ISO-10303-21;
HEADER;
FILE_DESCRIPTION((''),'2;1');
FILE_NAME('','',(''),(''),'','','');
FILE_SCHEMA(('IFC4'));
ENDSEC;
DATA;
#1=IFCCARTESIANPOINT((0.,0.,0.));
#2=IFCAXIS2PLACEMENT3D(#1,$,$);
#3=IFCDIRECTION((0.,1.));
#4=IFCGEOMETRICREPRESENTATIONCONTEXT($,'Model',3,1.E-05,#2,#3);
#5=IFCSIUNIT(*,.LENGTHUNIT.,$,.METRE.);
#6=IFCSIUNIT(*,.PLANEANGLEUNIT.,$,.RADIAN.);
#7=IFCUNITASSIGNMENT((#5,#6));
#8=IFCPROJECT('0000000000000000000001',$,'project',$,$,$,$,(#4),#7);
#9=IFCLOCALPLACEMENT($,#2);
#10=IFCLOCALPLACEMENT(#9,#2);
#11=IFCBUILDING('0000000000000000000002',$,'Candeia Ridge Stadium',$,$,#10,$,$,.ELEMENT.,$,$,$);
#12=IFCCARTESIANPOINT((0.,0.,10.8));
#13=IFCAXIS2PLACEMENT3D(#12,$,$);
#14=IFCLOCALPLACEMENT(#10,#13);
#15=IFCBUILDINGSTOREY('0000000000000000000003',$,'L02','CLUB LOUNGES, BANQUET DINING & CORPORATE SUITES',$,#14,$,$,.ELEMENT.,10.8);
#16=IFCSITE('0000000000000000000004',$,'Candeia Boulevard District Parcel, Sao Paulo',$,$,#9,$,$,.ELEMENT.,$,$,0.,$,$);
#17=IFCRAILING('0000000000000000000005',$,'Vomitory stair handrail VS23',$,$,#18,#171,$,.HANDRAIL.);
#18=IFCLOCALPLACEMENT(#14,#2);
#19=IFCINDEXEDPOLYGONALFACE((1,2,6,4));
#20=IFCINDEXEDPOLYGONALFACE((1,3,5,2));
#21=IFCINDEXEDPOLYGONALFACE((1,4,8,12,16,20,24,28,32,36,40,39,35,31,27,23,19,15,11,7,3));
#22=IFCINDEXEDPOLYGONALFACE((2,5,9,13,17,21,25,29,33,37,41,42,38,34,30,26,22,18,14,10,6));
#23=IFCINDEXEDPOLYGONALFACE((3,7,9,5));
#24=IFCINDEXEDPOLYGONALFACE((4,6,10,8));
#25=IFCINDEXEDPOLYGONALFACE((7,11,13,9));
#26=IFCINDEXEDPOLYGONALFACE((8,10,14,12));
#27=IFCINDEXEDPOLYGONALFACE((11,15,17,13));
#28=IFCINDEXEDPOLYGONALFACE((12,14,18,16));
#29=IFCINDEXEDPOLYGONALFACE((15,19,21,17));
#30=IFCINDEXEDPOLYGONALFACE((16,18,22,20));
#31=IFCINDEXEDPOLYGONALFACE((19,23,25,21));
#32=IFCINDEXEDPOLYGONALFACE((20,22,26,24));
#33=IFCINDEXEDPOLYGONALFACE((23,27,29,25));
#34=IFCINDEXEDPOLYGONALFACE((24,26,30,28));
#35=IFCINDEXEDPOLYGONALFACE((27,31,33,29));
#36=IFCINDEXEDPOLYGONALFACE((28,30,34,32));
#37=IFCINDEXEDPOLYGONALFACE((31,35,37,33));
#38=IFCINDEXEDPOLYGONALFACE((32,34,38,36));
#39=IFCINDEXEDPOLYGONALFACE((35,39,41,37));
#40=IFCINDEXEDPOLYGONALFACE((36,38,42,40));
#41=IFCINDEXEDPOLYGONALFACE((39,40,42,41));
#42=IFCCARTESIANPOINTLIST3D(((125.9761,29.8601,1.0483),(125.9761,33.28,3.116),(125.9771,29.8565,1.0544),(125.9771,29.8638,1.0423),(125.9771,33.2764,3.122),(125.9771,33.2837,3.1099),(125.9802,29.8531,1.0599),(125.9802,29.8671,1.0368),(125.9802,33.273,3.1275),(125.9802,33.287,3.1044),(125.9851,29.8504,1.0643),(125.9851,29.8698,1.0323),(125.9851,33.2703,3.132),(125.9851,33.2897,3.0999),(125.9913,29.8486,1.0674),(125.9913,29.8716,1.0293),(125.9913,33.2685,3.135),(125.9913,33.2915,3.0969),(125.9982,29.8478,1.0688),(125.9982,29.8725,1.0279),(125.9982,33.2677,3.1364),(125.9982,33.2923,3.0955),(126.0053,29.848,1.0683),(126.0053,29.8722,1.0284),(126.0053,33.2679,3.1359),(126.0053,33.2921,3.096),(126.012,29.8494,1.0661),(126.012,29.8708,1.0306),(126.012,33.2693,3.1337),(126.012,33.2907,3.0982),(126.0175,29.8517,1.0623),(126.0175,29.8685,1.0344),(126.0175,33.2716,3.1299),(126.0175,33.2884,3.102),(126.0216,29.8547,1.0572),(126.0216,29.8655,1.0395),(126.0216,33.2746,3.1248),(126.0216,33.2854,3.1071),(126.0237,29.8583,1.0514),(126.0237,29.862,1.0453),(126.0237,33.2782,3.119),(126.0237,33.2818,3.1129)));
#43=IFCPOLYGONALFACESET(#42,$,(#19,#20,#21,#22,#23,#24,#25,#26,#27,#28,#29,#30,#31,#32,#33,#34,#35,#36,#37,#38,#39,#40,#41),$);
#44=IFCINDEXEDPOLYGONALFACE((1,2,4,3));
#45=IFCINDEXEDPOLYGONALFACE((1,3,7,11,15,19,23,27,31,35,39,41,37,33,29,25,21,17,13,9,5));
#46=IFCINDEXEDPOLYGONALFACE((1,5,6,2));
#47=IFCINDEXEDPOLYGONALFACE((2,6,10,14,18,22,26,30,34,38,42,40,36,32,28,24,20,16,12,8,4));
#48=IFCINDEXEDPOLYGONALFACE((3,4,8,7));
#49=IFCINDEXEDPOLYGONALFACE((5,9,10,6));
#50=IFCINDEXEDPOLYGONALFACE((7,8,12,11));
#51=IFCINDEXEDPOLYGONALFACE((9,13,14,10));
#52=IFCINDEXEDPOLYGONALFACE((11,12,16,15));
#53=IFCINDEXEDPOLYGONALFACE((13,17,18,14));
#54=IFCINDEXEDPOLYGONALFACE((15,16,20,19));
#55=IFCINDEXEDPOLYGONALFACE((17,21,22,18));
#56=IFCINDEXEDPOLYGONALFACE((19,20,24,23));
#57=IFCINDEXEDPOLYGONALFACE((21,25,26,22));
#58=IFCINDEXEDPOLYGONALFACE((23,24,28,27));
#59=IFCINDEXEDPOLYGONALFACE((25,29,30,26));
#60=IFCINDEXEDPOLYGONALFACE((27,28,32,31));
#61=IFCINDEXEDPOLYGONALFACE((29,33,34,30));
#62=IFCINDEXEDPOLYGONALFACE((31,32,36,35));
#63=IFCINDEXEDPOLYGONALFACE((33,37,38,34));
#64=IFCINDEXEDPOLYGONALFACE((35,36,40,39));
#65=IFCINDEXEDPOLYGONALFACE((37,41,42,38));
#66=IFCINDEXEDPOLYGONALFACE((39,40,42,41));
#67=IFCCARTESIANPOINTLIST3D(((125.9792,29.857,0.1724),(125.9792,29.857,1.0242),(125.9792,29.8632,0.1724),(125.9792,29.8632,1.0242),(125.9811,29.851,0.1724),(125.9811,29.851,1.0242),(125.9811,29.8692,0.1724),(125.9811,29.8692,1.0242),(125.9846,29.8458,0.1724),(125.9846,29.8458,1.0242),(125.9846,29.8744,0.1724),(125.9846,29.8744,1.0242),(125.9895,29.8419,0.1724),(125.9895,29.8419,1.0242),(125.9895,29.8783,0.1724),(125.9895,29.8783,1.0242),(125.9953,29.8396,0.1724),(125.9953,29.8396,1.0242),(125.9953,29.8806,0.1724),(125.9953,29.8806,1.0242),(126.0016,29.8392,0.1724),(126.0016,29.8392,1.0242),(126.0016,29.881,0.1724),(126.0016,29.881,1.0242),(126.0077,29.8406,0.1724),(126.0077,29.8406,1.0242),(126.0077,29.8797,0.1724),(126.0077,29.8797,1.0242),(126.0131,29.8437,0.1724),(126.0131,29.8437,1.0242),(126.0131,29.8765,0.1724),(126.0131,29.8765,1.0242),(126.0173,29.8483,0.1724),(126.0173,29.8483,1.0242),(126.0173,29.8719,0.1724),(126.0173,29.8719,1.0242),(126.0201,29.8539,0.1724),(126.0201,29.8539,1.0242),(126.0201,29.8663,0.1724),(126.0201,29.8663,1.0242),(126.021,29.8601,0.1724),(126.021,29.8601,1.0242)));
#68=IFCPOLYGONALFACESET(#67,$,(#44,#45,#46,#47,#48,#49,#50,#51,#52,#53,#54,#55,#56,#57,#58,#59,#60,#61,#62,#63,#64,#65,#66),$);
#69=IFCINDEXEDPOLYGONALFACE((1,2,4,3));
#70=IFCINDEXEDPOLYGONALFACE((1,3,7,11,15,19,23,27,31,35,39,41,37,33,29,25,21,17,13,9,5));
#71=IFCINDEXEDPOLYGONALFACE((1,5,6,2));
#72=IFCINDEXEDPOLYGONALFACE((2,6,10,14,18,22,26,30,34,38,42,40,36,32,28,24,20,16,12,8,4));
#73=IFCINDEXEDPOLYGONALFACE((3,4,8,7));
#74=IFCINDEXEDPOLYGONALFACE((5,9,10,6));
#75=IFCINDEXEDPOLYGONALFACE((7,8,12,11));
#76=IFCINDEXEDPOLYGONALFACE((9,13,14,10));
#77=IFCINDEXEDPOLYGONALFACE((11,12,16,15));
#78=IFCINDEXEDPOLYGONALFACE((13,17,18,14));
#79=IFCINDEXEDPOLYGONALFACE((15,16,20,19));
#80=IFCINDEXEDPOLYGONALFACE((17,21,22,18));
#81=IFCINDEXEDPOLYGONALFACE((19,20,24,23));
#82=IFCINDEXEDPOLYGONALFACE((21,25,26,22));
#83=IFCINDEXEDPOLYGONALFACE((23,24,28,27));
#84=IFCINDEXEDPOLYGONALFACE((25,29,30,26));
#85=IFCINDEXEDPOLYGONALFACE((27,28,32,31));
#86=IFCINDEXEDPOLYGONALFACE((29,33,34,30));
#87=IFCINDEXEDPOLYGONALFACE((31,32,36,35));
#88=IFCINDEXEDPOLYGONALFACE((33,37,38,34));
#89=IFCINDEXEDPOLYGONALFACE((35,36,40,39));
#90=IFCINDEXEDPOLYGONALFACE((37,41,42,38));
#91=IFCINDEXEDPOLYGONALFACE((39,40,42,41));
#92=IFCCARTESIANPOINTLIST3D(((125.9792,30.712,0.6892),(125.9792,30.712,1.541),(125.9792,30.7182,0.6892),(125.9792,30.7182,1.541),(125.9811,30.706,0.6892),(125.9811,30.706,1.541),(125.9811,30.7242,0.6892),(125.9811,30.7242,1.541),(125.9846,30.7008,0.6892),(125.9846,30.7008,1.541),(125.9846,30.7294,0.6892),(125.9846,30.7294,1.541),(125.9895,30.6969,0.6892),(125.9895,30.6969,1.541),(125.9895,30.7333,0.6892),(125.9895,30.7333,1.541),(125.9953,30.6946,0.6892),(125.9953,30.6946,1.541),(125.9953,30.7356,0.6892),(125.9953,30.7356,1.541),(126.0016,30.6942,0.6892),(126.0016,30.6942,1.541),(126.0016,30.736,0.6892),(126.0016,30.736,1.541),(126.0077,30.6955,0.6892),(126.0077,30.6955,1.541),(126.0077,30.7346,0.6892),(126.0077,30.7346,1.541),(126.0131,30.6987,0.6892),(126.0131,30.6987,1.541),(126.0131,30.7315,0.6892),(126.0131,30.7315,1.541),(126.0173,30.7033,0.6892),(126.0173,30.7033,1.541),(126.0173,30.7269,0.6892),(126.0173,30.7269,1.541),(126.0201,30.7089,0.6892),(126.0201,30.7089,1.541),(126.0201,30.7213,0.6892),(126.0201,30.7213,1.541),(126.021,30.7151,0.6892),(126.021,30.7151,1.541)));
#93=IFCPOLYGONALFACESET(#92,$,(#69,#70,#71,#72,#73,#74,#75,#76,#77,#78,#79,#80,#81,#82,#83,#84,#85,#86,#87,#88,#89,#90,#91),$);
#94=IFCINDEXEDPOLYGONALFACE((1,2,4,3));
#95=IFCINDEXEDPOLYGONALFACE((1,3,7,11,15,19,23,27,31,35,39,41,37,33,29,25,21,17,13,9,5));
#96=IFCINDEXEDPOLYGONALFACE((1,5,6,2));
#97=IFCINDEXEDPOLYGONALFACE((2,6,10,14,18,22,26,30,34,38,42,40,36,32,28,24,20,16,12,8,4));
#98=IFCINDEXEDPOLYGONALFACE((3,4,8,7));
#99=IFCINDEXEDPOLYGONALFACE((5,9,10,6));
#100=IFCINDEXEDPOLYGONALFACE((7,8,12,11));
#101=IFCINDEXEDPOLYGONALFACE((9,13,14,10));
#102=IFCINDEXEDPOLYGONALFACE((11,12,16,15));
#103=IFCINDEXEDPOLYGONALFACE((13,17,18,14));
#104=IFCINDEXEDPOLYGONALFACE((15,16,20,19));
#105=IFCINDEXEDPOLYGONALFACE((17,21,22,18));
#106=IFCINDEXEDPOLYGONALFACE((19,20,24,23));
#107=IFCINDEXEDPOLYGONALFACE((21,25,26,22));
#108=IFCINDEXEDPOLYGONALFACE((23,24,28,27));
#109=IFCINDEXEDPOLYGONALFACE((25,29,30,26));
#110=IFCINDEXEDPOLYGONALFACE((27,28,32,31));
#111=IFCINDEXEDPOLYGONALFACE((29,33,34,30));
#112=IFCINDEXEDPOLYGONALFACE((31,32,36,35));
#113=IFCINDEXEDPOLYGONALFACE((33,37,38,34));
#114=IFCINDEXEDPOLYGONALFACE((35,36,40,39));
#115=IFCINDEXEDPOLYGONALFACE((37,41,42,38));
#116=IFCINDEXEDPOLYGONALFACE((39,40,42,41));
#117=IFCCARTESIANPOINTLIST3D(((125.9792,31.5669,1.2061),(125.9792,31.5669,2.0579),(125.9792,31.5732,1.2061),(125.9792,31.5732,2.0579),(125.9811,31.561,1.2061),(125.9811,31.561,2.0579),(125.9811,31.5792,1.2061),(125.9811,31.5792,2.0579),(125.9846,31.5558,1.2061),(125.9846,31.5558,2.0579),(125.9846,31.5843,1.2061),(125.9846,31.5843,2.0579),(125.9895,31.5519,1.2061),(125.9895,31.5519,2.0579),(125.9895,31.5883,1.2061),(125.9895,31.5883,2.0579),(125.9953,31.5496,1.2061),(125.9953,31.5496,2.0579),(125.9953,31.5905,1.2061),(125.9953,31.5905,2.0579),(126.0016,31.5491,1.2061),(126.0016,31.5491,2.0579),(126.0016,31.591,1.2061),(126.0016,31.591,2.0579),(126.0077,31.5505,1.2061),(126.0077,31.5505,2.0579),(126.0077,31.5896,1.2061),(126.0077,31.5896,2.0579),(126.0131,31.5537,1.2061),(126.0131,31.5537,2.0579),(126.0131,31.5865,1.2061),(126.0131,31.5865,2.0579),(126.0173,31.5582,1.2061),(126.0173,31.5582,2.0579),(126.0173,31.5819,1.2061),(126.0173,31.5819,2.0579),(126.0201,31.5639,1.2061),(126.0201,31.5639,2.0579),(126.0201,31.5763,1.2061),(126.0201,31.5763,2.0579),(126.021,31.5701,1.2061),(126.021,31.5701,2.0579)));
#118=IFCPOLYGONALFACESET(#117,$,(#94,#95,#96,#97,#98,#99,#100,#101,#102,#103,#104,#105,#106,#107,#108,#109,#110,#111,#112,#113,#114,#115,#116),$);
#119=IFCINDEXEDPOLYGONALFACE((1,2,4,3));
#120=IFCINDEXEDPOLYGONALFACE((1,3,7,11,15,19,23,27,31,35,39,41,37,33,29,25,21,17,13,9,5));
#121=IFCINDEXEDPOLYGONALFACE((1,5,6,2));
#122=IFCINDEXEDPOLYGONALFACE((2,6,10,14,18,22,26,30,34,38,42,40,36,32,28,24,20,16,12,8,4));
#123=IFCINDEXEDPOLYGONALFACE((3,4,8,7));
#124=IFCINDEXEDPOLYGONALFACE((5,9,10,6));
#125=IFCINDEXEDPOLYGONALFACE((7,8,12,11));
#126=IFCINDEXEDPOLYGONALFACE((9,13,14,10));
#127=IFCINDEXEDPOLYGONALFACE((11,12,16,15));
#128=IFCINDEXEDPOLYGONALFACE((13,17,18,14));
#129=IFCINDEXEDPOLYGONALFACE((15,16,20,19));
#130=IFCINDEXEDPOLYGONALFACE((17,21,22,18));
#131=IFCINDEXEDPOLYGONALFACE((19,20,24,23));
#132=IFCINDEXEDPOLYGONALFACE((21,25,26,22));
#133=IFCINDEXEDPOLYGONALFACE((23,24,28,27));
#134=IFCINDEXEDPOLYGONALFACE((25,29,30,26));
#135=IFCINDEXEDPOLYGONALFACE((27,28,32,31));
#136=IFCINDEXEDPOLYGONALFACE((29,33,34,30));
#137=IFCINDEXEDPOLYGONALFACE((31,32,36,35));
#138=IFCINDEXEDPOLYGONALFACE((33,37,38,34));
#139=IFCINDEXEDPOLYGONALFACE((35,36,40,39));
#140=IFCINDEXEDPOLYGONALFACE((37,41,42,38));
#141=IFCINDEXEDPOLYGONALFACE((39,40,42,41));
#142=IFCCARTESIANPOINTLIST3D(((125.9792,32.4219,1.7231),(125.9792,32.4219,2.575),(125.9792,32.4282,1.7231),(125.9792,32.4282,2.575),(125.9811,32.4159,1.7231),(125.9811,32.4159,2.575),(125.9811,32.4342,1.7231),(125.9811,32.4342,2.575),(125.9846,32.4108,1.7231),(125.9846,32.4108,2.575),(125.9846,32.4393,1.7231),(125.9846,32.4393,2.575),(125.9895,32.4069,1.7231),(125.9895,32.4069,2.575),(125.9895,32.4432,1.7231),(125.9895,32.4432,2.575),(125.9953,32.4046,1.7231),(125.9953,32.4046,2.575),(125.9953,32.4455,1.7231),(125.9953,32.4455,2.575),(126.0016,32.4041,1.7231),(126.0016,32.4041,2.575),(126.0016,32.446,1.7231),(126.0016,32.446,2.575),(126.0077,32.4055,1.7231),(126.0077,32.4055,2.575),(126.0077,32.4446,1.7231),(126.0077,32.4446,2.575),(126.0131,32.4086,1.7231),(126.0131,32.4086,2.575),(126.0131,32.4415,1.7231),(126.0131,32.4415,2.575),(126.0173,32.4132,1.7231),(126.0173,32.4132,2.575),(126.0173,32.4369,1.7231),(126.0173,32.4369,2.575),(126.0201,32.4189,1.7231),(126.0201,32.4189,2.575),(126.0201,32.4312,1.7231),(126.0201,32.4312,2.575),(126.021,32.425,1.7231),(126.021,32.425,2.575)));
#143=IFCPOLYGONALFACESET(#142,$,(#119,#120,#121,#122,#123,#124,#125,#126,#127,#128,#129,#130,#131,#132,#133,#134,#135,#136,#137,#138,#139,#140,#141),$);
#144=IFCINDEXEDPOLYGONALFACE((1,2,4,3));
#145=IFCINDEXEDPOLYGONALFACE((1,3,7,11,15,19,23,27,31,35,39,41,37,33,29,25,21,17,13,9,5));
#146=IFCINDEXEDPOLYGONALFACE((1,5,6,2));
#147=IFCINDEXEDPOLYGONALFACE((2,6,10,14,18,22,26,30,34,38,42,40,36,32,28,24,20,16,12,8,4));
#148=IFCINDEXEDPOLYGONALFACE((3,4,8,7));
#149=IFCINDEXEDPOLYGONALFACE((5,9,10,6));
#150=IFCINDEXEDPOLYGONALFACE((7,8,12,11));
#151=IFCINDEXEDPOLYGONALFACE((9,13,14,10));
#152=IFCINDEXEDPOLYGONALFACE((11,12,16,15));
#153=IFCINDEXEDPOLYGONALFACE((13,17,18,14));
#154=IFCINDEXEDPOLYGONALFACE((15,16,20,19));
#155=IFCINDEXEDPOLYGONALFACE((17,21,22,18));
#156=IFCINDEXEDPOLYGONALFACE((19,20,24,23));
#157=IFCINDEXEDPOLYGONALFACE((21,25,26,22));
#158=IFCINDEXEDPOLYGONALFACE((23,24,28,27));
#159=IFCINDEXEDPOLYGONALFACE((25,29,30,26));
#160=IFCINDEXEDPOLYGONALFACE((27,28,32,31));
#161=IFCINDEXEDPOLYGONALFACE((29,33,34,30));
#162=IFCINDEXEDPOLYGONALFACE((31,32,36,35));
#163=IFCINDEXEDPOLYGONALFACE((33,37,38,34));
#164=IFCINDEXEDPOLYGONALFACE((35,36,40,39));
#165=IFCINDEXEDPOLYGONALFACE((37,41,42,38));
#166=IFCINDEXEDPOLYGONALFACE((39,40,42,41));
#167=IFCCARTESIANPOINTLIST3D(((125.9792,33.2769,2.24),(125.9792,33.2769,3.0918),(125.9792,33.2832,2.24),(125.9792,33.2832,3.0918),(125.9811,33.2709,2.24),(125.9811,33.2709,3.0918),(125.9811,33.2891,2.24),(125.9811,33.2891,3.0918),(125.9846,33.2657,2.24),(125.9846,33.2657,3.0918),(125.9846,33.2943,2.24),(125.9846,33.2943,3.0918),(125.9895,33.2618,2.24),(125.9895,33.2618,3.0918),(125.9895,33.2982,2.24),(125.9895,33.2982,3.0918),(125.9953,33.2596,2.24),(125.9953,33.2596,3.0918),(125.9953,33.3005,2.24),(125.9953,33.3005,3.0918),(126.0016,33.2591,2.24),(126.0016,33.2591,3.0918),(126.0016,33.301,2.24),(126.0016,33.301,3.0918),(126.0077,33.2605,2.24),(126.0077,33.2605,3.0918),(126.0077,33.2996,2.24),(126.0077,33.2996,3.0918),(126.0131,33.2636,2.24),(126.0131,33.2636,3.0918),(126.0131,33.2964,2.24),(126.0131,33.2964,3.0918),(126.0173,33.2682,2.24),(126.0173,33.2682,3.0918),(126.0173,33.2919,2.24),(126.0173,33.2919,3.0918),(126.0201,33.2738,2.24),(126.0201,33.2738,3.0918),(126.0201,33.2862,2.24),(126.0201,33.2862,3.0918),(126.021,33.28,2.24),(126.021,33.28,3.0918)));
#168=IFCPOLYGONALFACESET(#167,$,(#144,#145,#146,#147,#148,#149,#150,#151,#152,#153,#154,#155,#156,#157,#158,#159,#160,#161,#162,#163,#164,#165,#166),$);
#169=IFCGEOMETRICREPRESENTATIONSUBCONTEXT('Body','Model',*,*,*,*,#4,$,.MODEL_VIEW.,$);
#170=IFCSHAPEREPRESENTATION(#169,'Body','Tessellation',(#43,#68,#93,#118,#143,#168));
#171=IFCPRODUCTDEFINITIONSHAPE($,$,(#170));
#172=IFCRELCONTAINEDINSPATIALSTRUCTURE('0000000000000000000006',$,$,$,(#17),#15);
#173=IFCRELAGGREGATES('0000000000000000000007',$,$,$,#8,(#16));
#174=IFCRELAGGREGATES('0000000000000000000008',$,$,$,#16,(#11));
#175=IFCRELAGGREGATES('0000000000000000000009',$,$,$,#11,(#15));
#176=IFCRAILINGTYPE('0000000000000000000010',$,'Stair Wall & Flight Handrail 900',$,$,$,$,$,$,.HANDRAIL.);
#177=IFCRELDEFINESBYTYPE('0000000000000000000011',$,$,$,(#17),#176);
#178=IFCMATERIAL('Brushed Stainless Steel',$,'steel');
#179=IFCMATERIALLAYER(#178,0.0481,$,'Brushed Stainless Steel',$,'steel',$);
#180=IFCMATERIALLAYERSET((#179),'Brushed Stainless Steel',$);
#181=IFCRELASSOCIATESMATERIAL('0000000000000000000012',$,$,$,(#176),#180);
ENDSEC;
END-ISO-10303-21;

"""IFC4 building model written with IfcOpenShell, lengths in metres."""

from ifc_helpers import new_model, si_unit, direction, frame, origin, origin_2d, place, context, subcontext, project, spatial, circle, extrude, material, layer, layer_set, type_object, element, save


model = new_model("IFC4")

# Units and contexts
model_context = context("Model", 3, precision=1e-05, world=origin(), true_north=direction((0.0, 1.0)))
body_context = subcontext(model_context, "Body", "Model", "MODEL_VIEW")
ifc_project = project(units=[si_unit("LENGTHUNIT", "METRE"), si_unit("PLANEANGLEUNIT", "RADIAN")], contexts=[model_context])

# Site, building, storey
site_placement = place(None, origin())
site = spatial("IfcSite", under=ifc_project, at=site_placement, Name="Candeia Boulevard District Parcel, Sao Paulo", CompositionType="ELEMENT", RefElevation=0.0)
building_placement = place(site_placement, origin())
building = spatial("IfcBuilding", under=site, at=building_placement, Name="Candeia Ridge Stadium", CompositionType="ELEMENT")
storey_placement = place(building_placement, frame((0.0, 0.0, 10.8)))
storey = spatial("IfcBuildingStorey", under=building, at=storey_placement, Name="L02", Description="CLUB LOUNGES, BANQUET DINING & CORPORATE SUITES", CompositionType="ELEMENT", Elevation=10.8)

# Railing
ifc_material_1 = material(Name="Brushed Stainless Steel", Category="steel")
ifc_layer_1 = layer(ifc_material_1, 0.0481, Name="Brushed Stainless Steel", Category="steel")
ifc_layer_set_1 = layer_set([ifc_layer_1], Name="Brushed Stainless Steel")
railing_type_1 = type_object("IfcRailingType", Name="Stair Wall & Flight Handrail 900", PredefinedType="HANDRAIL", material=ifc_layer_set_1)
railing_1_placement = place(storey_placement, frame((126.0, 29.8601, 0.1724)))
element("IfcRailing", 1, at=railing_1_placement, inside=storey, type_object=railing_type_1, Name="Vomitory stair handrail VS23", PredefinedType="HANDRAIL", context=body_context, shape_type="SweptSolid", body=[
    extrude(circle(Radius=0.0239, at=origin_2d()), frame((0.0, 0.0, 0.876), z_axis=(0.0, 0.855758, 0.517377), x_axis=(-1.0, 0.0, 0.0)), (0.0, 0.0, 1.0), 3.9963),
    extrude(circle(Radius=0.021, at=origin_2d()), origin(), (0.0, 0.0, 1.0), 0.8518),
    extrude(circle(Radius=0.021, at=origin_2d()), frame((0.0, 0.855, 0.5168)), (0.0, 0.0, 1.0), 0.8518),
    extrude(circle(Radius=0.021, at=origin_2d()), frame((0.0, 1.71, 1.0337)), (0.0, 0.0, 1.0), 0.8518),
    extrude(circle(Radius=0.021, at=origin_2d()), frame((0.0, 2.5649, 1.5508)), (0.0, 0.0, 1.0), 0.8518),
    extrude(circle(Radius=0.021, at=origin_2d()), frame((0.0, 3.4199, 2.0676)), (0.0, 0.0, 1.0), 0.8518),
])

save(model, "model.ifc")
